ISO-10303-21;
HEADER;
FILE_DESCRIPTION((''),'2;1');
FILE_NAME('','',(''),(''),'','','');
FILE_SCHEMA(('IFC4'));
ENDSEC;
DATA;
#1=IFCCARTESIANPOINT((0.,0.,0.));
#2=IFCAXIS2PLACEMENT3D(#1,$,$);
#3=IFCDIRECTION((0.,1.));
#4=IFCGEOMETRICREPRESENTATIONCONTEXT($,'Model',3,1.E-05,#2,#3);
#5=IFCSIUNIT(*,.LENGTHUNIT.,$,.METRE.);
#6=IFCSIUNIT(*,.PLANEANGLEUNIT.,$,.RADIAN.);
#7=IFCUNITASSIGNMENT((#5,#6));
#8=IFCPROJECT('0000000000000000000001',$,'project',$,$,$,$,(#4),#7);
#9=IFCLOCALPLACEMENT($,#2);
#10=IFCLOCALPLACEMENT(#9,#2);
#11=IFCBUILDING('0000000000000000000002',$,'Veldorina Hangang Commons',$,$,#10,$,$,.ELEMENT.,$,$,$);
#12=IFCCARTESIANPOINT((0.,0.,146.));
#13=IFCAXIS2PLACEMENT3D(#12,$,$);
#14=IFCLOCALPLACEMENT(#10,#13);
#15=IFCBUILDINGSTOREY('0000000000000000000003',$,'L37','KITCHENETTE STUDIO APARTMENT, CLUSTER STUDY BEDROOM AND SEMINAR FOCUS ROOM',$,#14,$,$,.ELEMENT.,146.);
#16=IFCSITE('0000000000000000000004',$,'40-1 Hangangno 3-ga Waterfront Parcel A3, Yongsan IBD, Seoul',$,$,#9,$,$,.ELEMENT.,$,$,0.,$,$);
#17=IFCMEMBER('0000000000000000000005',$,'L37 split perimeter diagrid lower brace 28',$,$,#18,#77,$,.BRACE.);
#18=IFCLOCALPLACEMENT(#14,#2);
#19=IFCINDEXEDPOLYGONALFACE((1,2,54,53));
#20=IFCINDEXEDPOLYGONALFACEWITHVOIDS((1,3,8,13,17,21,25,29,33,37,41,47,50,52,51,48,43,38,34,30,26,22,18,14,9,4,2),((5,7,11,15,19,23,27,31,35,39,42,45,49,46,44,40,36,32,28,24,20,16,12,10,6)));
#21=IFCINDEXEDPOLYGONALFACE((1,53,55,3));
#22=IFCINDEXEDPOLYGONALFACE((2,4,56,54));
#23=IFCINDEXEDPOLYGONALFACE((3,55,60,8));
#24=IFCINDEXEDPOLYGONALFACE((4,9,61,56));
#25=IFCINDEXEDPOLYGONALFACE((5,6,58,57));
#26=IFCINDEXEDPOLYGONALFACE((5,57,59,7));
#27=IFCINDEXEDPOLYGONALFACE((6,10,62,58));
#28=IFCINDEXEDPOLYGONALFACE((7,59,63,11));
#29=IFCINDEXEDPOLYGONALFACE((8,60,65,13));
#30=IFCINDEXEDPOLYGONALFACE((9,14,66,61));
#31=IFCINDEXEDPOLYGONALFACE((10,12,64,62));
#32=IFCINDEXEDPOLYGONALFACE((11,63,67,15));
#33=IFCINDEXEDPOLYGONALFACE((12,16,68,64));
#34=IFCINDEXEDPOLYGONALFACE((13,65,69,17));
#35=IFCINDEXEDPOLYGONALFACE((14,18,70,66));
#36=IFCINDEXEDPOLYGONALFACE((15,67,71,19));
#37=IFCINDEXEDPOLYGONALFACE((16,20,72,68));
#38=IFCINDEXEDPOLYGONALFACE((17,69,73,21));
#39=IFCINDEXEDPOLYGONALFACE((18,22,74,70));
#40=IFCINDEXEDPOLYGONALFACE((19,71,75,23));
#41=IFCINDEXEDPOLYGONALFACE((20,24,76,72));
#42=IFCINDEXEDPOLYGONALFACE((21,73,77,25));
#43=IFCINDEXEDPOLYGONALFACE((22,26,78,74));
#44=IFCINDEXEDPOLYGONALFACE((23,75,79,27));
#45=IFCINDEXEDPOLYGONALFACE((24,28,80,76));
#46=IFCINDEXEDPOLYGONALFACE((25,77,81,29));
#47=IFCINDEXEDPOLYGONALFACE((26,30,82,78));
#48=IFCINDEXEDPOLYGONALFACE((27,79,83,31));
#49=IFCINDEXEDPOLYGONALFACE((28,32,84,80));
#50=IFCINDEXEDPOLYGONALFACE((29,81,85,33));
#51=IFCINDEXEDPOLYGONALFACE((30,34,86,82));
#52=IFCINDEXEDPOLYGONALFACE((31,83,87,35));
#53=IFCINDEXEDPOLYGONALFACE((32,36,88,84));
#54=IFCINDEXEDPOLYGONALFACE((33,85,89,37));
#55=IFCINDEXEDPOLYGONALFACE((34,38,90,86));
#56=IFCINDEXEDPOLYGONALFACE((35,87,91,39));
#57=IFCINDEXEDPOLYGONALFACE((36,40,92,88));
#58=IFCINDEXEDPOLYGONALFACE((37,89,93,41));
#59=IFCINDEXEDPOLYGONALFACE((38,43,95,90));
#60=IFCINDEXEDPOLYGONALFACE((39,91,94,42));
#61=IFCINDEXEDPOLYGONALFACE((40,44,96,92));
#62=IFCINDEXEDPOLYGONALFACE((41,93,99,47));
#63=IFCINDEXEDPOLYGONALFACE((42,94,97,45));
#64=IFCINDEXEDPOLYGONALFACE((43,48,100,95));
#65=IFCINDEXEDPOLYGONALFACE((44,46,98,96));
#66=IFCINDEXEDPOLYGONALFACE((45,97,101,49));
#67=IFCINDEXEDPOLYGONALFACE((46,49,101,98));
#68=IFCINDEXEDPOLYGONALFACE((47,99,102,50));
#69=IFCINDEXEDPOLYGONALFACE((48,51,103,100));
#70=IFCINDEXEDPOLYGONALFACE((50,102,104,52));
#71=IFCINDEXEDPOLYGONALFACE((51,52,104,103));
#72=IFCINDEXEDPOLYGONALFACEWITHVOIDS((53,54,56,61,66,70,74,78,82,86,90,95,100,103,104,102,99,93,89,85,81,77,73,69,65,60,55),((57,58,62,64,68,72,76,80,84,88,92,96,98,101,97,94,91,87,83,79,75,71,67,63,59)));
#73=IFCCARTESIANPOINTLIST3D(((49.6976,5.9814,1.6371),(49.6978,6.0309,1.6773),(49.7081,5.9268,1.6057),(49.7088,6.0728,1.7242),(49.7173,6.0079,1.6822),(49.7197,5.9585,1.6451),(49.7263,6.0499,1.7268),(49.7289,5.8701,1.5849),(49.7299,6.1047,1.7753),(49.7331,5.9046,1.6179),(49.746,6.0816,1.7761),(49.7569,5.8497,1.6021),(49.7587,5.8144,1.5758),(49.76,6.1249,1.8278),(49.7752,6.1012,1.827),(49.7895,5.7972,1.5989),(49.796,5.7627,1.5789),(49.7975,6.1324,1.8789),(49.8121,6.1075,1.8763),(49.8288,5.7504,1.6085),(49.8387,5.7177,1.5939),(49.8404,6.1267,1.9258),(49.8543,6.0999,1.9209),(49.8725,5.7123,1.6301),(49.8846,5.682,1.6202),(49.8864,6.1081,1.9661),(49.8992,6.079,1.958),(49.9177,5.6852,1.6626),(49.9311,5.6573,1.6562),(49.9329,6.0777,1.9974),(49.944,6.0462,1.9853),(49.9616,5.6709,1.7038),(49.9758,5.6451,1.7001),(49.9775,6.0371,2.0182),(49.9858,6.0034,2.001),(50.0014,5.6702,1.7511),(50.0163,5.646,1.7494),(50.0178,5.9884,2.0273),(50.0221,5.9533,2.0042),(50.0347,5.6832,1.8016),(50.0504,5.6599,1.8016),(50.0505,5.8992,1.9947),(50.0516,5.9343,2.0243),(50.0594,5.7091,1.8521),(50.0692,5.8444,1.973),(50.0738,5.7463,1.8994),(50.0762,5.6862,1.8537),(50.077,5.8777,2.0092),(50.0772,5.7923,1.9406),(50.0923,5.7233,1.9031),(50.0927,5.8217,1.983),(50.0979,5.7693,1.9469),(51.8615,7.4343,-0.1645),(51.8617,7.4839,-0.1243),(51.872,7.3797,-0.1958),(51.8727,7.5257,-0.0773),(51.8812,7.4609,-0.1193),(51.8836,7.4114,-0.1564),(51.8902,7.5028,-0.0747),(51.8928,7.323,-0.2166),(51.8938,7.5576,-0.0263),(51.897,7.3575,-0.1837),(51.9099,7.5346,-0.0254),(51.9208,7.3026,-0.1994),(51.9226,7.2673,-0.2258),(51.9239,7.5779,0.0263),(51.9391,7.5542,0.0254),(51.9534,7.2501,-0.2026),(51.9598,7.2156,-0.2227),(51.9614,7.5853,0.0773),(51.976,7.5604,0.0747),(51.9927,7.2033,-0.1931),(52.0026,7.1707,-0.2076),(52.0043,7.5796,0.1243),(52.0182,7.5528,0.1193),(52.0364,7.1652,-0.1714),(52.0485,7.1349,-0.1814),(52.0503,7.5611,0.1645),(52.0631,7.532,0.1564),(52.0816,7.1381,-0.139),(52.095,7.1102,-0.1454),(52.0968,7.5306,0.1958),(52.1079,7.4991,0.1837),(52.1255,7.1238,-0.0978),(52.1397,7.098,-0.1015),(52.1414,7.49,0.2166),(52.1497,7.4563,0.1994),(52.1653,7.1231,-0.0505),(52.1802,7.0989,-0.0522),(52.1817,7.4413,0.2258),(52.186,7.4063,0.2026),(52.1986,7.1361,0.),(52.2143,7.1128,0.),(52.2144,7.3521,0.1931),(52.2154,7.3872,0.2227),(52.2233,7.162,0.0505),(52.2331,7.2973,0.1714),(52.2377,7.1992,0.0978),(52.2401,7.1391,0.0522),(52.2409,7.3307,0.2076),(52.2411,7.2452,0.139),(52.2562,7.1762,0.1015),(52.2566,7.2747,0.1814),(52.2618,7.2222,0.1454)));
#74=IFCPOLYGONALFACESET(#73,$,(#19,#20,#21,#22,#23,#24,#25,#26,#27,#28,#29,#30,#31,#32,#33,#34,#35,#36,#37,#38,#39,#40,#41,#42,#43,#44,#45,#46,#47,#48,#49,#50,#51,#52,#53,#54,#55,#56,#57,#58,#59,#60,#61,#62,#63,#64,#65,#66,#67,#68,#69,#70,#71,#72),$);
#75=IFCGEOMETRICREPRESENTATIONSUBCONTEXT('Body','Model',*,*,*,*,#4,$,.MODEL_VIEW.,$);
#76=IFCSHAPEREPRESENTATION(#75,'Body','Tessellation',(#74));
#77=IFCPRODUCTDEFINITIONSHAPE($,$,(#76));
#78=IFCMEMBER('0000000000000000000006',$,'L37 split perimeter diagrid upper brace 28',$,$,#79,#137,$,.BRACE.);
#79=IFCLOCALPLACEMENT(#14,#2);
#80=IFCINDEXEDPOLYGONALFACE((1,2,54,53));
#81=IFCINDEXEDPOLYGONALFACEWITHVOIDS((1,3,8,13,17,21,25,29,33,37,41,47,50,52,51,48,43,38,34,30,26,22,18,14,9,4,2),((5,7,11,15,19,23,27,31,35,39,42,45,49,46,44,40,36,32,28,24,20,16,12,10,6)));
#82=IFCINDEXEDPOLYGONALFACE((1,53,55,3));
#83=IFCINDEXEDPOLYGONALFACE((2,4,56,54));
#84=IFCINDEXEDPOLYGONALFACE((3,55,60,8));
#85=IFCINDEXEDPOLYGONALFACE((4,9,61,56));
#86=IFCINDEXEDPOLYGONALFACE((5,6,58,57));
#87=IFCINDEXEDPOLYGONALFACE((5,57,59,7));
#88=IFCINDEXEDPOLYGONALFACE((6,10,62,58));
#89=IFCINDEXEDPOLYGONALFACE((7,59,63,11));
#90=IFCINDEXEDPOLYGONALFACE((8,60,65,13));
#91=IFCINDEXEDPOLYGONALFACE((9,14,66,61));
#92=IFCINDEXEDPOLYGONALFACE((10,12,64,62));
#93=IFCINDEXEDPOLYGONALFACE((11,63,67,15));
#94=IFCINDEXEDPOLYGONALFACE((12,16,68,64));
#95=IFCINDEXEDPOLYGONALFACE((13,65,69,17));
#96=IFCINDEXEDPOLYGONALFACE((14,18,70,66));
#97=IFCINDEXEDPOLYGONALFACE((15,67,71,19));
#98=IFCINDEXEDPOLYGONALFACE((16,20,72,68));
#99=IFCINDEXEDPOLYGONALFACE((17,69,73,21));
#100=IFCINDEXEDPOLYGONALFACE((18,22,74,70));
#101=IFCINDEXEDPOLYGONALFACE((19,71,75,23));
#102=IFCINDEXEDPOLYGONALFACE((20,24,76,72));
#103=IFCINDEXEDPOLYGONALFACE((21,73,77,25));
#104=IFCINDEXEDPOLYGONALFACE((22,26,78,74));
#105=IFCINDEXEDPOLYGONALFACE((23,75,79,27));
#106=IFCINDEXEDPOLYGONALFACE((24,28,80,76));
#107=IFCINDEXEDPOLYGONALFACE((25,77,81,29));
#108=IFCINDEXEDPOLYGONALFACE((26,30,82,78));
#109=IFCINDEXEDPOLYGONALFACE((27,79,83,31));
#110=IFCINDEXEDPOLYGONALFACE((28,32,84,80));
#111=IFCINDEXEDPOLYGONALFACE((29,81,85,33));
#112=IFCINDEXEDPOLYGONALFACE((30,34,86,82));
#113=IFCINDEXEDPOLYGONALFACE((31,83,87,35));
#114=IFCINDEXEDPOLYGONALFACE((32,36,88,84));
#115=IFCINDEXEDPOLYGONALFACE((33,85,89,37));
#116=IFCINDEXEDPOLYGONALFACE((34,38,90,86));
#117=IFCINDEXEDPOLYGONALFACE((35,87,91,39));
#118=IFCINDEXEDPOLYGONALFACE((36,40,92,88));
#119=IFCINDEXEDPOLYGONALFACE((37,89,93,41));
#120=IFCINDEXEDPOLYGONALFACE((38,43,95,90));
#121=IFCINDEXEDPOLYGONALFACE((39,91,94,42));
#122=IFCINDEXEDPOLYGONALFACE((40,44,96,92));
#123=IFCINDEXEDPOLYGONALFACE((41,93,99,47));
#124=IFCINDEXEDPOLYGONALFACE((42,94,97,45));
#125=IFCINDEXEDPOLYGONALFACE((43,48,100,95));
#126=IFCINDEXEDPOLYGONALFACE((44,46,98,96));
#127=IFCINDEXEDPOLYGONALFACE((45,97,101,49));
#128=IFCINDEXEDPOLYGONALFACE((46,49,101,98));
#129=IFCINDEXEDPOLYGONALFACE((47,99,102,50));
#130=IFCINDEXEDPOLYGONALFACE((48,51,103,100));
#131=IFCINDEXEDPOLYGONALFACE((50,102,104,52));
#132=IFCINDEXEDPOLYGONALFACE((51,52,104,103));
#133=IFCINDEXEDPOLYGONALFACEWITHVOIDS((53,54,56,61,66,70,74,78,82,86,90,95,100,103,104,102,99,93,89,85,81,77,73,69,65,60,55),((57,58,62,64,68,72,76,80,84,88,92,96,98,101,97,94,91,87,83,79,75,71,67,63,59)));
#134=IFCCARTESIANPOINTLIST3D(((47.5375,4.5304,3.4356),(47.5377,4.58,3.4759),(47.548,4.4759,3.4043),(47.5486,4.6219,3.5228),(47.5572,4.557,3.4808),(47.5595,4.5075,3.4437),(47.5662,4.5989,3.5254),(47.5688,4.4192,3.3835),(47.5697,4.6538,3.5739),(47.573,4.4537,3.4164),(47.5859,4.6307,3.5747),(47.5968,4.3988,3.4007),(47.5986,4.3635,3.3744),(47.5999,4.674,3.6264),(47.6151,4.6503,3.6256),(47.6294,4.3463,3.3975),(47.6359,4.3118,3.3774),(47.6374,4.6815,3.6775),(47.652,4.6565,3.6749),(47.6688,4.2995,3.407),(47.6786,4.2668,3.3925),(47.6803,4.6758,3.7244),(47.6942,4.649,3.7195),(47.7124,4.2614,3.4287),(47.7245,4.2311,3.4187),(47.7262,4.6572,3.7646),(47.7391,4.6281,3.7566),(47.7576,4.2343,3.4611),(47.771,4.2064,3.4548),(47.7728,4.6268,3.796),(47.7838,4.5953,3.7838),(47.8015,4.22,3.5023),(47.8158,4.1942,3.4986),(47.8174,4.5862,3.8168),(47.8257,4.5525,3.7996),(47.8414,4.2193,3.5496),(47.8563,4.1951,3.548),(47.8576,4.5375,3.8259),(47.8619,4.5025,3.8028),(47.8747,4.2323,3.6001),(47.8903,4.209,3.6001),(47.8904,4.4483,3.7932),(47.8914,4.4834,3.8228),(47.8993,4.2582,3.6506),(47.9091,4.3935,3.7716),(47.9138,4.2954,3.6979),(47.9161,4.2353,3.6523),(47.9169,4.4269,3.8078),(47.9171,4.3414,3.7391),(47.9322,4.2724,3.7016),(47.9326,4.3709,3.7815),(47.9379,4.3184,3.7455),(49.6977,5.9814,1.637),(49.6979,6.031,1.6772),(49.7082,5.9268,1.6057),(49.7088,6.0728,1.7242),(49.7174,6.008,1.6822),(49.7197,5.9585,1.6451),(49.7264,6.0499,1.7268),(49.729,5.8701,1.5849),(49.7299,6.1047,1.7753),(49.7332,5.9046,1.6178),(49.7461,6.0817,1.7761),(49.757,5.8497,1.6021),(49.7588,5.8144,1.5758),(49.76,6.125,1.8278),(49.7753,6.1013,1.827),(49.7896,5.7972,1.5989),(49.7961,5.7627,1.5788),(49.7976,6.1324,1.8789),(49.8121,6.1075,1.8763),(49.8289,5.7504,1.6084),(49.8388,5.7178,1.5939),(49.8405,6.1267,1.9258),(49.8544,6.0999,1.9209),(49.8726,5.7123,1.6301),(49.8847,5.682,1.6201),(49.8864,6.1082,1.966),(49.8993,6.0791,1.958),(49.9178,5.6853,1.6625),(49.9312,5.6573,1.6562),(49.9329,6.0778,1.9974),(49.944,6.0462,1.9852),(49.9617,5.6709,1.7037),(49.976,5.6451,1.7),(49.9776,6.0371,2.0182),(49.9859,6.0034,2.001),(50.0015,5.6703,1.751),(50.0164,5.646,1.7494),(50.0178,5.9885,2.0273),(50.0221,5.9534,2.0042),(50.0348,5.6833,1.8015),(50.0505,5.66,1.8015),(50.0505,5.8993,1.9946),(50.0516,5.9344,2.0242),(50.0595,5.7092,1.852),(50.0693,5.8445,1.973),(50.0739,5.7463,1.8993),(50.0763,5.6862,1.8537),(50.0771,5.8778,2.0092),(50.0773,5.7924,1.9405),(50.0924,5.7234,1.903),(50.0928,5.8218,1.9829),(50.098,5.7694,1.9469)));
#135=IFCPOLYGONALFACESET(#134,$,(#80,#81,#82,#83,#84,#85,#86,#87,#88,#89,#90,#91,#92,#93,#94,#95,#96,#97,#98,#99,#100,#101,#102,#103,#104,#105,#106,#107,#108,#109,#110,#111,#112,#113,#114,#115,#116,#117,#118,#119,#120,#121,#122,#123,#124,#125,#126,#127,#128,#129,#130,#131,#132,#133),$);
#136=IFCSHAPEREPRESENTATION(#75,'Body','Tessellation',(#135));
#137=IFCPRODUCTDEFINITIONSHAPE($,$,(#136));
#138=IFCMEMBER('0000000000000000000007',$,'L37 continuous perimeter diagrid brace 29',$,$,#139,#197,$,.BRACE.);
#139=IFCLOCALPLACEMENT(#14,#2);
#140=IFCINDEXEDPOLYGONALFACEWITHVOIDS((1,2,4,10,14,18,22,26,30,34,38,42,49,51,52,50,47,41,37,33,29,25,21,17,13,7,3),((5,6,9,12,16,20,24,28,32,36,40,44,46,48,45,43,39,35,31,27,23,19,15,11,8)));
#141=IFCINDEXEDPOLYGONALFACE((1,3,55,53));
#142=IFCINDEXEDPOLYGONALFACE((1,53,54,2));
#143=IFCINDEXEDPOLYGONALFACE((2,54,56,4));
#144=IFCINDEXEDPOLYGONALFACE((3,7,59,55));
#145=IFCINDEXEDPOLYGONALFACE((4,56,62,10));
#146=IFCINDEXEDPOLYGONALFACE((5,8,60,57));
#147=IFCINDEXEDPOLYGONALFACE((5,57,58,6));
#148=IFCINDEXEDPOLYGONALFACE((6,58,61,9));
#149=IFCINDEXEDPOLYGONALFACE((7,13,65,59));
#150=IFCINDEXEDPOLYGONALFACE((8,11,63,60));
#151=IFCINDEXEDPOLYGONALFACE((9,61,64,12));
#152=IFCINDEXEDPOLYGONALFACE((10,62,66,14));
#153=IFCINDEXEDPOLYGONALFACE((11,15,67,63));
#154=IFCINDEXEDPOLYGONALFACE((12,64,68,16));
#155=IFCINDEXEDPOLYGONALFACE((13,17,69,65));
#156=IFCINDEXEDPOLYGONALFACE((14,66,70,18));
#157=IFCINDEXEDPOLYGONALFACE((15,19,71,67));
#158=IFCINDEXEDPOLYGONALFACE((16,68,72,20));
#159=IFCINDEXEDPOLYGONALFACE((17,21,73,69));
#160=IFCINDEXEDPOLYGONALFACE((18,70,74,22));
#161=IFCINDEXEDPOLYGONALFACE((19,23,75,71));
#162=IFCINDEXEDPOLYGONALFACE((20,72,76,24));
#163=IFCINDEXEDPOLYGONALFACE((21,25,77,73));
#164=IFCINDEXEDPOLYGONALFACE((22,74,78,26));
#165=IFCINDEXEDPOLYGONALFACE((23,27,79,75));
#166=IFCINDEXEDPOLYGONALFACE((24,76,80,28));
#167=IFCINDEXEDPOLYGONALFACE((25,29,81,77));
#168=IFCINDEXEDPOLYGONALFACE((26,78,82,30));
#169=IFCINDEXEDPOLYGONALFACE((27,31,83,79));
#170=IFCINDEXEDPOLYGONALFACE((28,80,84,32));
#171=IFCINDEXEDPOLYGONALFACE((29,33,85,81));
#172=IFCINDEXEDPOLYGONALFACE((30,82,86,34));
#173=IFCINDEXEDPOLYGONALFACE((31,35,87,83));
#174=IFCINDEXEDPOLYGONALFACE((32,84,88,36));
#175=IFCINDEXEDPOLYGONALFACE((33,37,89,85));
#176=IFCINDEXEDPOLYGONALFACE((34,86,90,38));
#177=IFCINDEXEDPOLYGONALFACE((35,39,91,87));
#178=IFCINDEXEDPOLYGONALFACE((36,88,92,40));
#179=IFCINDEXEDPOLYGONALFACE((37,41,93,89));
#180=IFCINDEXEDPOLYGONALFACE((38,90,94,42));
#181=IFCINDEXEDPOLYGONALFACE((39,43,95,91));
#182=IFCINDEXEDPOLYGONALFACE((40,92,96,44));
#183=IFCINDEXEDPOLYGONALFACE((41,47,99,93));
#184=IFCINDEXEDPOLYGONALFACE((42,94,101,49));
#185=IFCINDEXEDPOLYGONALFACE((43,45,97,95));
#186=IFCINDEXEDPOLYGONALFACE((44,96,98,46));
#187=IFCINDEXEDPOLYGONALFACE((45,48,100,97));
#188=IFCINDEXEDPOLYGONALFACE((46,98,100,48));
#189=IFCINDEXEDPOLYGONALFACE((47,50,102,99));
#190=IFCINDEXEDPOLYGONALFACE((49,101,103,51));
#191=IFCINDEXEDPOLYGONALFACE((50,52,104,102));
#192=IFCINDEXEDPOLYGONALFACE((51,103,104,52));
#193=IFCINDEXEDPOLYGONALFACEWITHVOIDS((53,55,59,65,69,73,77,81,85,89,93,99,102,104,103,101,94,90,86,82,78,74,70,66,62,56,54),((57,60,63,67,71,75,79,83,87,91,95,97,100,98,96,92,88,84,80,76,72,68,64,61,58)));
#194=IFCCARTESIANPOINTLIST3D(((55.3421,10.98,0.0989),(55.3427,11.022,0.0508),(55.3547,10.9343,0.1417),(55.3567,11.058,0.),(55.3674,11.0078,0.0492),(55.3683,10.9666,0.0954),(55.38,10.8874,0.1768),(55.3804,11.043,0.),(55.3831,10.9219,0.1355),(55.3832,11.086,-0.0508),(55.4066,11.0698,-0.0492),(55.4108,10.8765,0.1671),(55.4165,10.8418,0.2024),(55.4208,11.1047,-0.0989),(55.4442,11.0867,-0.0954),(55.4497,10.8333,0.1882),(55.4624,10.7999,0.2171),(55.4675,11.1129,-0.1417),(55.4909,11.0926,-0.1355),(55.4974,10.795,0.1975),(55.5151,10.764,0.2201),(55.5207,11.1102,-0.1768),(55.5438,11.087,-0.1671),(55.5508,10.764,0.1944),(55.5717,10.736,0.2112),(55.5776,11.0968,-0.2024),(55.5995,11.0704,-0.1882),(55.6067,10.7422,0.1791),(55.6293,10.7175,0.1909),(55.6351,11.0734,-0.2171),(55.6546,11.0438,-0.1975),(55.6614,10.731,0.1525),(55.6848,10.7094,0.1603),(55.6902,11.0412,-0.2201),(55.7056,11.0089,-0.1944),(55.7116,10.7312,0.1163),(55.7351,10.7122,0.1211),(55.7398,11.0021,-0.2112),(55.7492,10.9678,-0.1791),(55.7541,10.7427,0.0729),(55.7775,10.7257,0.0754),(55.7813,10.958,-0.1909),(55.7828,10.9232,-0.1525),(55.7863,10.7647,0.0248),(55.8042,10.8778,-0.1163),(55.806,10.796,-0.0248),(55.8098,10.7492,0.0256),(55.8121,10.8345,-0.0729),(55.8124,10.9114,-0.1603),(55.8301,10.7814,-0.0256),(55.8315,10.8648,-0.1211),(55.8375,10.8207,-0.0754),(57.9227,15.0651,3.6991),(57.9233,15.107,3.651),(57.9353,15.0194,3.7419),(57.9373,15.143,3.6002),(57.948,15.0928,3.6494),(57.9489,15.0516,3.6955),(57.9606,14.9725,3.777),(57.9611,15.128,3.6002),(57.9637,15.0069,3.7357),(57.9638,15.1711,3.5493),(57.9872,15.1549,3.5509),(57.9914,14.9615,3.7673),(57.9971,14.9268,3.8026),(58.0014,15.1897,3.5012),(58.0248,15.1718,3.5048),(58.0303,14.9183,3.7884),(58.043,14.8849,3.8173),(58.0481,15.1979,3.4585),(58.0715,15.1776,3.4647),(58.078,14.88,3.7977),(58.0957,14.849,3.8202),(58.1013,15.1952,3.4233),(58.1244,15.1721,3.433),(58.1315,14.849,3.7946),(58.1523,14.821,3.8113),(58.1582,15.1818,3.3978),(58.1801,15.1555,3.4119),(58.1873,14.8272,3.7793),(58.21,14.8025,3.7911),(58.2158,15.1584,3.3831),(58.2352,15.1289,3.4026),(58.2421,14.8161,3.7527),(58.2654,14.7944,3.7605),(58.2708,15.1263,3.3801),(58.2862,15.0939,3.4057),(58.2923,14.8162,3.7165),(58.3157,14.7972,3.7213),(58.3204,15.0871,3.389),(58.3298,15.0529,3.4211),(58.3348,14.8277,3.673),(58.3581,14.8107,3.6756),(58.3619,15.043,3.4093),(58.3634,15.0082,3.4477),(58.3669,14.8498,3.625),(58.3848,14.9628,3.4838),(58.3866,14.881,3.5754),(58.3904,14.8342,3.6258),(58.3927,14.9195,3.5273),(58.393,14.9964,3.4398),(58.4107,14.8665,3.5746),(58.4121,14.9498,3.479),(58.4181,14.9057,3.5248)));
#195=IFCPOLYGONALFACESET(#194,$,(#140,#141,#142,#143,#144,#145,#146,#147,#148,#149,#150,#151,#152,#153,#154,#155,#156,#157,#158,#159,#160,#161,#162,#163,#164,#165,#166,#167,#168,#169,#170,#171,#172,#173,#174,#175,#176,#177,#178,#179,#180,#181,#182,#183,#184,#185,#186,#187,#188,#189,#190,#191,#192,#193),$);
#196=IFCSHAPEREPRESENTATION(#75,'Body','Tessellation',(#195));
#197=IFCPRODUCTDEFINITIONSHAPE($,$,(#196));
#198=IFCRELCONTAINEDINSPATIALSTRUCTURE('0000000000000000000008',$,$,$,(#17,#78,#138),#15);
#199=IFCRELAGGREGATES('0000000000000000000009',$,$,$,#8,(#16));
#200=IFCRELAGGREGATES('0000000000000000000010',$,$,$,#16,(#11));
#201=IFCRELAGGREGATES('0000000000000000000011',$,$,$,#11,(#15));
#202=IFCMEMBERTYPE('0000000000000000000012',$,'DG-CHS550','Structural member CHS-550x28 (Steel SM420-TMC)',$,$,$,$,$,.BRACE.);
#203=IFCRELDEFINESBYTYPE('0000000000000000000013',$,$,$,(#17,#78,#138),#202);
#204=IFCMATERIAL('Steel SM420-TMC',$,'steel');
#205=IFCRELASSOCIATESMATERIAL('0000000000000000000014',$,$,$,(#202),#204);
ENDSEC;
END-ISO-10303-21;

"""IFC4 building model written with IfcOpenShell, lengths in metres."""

from ifc_helpers import new_model, si_unit, direction, frame, origin, origin_2d, place, context, subcontext, project, spatial, hollow_circle, extrude, material, material_profile, profile_set, type_object, element, save


model = new_model("IFC4")

# Units and contexts
model_context = context("Model", 3, precision=1e-05, world=origin(), true_north=direction((0.0, 1.0)))
body_context = subcontext(model_context, "Body", "Model", "MODEL_VIEW")
ifc_project = project(units=[si_unit("LENGTHUNIT", "METRE"), si_unit("PLANEANGLEUNIT", "RADIAN")], contexts=[model_context])

# Site, building, storey
site_placement = place(None, origin())
site = spatial("IfcSite", under=ifc_project, at=site_placement, Name="40-1 Hangangno 3-ga Waterfront Parcel A3, Yongsan IBD, Seoul", CompositionType="ELEMENT", RefElevation=0.0)
building_placement = place(site_placement, origin())
building = spatial("IfcBuilding", under=site, at=building_placement, Name="Veldorina Hangang Commons", CompositionType="ELEMENT")
storey_placement = place(building_placement, frame((0.0, 0.0, 146.0)))
storey = spatial("IfcBuildingStorey", under=building, at=storey_placement, Name="L37", Description="KITCHENETTE STUDIO APARTMENT, CLUSTER STUDY BEDROOM AND SEMINAR FOCUS ROOM", CompositionType="ELEMENT", Elevation=146.0)

# Shared definitions
ifc_material_1 = material(Name="Steel SM420-TMC", Category="steel")

# Members
ifc_material_profile_1 = material_profile(ifc_material_1, hollow_circle(Radius=0.2749, WallThickness=0.0281, at=origin_2d()), Name="CHS-550x28")
ifc_profile_set_1 = profile_set([ifc_material_profile_1], Name="Steel SM420-TMC")
member_type_1 = type_object("IfcMemberType", Name="DG-CHS550", Description="Structural member CHS-550x28 (Steel SM420-TMC)", PredefinedType="BRACE", material=ifc_profile_set_1)
member_1_placement = place(storey_placement, frame((52.061, 7.3411, 0.0), z_axis=(-0.682949, -0.458561, 0.568597), x_axis=(0.557442, -0.830216, 0.0)))
element("IfcMember", 1, at=member_1_placement, inside=storey, type_object=member_type_1, Name="L37 split perimeter diagrid lower brace 28", PredefinedType="BRACE", context=body_context, shape_type="SweptSolid", body=[
    extrude(hollow_circle(Radius=0.2749, WallThickness=0.0281, at=origin_2d()), origin(), (0.0, 0.0, 1.0), 3.1685),
])
member_2_placement = place(storey_placement, frame((49.8972, 5.8882, 1.8015), z_axis=(-0.682884, -0.458678, 0.568581), x_axis=(0.557576, -0.830126, 0.0)))
element("IfcMember", 2, at=member_2_placement, inside=storey, type_object=member_type_1, Name="L37 split perimeter diagrid upper brace 28", PredefinedType="BRACE", context=body_context, shape_type="SweptSolid", body=[
    extrude(hollow_circle(Radius=0.2749, WallThickness=0.0281, at=origin_2d()), origin(), (0.0, 0.0, 1.0), 3.1633),
])
member_3_placement = place(storey_placement, frame((55.5891, 10.9111, 0.0), z_axis=(0.428273, 0.677943, 0.597475), x_axis=(-0.845434, 0.53408, 0.0)))
element("IfcMember", 3, at=member_3_placement, inside=storey, type_object=member_type_1, Name="L37 continuous perimeter diagrid brace 29", PredefinedType="BRACE", context=body_context, shape_type="SweptSolid", body=[
    extrude(hollow_circle(Radius=0.2749, WallThickness=0.0281, at=origin_2d()), origin(), (0.0, 0.0, 1.0), 6.0256),
])

save(model, "model.ifc")
